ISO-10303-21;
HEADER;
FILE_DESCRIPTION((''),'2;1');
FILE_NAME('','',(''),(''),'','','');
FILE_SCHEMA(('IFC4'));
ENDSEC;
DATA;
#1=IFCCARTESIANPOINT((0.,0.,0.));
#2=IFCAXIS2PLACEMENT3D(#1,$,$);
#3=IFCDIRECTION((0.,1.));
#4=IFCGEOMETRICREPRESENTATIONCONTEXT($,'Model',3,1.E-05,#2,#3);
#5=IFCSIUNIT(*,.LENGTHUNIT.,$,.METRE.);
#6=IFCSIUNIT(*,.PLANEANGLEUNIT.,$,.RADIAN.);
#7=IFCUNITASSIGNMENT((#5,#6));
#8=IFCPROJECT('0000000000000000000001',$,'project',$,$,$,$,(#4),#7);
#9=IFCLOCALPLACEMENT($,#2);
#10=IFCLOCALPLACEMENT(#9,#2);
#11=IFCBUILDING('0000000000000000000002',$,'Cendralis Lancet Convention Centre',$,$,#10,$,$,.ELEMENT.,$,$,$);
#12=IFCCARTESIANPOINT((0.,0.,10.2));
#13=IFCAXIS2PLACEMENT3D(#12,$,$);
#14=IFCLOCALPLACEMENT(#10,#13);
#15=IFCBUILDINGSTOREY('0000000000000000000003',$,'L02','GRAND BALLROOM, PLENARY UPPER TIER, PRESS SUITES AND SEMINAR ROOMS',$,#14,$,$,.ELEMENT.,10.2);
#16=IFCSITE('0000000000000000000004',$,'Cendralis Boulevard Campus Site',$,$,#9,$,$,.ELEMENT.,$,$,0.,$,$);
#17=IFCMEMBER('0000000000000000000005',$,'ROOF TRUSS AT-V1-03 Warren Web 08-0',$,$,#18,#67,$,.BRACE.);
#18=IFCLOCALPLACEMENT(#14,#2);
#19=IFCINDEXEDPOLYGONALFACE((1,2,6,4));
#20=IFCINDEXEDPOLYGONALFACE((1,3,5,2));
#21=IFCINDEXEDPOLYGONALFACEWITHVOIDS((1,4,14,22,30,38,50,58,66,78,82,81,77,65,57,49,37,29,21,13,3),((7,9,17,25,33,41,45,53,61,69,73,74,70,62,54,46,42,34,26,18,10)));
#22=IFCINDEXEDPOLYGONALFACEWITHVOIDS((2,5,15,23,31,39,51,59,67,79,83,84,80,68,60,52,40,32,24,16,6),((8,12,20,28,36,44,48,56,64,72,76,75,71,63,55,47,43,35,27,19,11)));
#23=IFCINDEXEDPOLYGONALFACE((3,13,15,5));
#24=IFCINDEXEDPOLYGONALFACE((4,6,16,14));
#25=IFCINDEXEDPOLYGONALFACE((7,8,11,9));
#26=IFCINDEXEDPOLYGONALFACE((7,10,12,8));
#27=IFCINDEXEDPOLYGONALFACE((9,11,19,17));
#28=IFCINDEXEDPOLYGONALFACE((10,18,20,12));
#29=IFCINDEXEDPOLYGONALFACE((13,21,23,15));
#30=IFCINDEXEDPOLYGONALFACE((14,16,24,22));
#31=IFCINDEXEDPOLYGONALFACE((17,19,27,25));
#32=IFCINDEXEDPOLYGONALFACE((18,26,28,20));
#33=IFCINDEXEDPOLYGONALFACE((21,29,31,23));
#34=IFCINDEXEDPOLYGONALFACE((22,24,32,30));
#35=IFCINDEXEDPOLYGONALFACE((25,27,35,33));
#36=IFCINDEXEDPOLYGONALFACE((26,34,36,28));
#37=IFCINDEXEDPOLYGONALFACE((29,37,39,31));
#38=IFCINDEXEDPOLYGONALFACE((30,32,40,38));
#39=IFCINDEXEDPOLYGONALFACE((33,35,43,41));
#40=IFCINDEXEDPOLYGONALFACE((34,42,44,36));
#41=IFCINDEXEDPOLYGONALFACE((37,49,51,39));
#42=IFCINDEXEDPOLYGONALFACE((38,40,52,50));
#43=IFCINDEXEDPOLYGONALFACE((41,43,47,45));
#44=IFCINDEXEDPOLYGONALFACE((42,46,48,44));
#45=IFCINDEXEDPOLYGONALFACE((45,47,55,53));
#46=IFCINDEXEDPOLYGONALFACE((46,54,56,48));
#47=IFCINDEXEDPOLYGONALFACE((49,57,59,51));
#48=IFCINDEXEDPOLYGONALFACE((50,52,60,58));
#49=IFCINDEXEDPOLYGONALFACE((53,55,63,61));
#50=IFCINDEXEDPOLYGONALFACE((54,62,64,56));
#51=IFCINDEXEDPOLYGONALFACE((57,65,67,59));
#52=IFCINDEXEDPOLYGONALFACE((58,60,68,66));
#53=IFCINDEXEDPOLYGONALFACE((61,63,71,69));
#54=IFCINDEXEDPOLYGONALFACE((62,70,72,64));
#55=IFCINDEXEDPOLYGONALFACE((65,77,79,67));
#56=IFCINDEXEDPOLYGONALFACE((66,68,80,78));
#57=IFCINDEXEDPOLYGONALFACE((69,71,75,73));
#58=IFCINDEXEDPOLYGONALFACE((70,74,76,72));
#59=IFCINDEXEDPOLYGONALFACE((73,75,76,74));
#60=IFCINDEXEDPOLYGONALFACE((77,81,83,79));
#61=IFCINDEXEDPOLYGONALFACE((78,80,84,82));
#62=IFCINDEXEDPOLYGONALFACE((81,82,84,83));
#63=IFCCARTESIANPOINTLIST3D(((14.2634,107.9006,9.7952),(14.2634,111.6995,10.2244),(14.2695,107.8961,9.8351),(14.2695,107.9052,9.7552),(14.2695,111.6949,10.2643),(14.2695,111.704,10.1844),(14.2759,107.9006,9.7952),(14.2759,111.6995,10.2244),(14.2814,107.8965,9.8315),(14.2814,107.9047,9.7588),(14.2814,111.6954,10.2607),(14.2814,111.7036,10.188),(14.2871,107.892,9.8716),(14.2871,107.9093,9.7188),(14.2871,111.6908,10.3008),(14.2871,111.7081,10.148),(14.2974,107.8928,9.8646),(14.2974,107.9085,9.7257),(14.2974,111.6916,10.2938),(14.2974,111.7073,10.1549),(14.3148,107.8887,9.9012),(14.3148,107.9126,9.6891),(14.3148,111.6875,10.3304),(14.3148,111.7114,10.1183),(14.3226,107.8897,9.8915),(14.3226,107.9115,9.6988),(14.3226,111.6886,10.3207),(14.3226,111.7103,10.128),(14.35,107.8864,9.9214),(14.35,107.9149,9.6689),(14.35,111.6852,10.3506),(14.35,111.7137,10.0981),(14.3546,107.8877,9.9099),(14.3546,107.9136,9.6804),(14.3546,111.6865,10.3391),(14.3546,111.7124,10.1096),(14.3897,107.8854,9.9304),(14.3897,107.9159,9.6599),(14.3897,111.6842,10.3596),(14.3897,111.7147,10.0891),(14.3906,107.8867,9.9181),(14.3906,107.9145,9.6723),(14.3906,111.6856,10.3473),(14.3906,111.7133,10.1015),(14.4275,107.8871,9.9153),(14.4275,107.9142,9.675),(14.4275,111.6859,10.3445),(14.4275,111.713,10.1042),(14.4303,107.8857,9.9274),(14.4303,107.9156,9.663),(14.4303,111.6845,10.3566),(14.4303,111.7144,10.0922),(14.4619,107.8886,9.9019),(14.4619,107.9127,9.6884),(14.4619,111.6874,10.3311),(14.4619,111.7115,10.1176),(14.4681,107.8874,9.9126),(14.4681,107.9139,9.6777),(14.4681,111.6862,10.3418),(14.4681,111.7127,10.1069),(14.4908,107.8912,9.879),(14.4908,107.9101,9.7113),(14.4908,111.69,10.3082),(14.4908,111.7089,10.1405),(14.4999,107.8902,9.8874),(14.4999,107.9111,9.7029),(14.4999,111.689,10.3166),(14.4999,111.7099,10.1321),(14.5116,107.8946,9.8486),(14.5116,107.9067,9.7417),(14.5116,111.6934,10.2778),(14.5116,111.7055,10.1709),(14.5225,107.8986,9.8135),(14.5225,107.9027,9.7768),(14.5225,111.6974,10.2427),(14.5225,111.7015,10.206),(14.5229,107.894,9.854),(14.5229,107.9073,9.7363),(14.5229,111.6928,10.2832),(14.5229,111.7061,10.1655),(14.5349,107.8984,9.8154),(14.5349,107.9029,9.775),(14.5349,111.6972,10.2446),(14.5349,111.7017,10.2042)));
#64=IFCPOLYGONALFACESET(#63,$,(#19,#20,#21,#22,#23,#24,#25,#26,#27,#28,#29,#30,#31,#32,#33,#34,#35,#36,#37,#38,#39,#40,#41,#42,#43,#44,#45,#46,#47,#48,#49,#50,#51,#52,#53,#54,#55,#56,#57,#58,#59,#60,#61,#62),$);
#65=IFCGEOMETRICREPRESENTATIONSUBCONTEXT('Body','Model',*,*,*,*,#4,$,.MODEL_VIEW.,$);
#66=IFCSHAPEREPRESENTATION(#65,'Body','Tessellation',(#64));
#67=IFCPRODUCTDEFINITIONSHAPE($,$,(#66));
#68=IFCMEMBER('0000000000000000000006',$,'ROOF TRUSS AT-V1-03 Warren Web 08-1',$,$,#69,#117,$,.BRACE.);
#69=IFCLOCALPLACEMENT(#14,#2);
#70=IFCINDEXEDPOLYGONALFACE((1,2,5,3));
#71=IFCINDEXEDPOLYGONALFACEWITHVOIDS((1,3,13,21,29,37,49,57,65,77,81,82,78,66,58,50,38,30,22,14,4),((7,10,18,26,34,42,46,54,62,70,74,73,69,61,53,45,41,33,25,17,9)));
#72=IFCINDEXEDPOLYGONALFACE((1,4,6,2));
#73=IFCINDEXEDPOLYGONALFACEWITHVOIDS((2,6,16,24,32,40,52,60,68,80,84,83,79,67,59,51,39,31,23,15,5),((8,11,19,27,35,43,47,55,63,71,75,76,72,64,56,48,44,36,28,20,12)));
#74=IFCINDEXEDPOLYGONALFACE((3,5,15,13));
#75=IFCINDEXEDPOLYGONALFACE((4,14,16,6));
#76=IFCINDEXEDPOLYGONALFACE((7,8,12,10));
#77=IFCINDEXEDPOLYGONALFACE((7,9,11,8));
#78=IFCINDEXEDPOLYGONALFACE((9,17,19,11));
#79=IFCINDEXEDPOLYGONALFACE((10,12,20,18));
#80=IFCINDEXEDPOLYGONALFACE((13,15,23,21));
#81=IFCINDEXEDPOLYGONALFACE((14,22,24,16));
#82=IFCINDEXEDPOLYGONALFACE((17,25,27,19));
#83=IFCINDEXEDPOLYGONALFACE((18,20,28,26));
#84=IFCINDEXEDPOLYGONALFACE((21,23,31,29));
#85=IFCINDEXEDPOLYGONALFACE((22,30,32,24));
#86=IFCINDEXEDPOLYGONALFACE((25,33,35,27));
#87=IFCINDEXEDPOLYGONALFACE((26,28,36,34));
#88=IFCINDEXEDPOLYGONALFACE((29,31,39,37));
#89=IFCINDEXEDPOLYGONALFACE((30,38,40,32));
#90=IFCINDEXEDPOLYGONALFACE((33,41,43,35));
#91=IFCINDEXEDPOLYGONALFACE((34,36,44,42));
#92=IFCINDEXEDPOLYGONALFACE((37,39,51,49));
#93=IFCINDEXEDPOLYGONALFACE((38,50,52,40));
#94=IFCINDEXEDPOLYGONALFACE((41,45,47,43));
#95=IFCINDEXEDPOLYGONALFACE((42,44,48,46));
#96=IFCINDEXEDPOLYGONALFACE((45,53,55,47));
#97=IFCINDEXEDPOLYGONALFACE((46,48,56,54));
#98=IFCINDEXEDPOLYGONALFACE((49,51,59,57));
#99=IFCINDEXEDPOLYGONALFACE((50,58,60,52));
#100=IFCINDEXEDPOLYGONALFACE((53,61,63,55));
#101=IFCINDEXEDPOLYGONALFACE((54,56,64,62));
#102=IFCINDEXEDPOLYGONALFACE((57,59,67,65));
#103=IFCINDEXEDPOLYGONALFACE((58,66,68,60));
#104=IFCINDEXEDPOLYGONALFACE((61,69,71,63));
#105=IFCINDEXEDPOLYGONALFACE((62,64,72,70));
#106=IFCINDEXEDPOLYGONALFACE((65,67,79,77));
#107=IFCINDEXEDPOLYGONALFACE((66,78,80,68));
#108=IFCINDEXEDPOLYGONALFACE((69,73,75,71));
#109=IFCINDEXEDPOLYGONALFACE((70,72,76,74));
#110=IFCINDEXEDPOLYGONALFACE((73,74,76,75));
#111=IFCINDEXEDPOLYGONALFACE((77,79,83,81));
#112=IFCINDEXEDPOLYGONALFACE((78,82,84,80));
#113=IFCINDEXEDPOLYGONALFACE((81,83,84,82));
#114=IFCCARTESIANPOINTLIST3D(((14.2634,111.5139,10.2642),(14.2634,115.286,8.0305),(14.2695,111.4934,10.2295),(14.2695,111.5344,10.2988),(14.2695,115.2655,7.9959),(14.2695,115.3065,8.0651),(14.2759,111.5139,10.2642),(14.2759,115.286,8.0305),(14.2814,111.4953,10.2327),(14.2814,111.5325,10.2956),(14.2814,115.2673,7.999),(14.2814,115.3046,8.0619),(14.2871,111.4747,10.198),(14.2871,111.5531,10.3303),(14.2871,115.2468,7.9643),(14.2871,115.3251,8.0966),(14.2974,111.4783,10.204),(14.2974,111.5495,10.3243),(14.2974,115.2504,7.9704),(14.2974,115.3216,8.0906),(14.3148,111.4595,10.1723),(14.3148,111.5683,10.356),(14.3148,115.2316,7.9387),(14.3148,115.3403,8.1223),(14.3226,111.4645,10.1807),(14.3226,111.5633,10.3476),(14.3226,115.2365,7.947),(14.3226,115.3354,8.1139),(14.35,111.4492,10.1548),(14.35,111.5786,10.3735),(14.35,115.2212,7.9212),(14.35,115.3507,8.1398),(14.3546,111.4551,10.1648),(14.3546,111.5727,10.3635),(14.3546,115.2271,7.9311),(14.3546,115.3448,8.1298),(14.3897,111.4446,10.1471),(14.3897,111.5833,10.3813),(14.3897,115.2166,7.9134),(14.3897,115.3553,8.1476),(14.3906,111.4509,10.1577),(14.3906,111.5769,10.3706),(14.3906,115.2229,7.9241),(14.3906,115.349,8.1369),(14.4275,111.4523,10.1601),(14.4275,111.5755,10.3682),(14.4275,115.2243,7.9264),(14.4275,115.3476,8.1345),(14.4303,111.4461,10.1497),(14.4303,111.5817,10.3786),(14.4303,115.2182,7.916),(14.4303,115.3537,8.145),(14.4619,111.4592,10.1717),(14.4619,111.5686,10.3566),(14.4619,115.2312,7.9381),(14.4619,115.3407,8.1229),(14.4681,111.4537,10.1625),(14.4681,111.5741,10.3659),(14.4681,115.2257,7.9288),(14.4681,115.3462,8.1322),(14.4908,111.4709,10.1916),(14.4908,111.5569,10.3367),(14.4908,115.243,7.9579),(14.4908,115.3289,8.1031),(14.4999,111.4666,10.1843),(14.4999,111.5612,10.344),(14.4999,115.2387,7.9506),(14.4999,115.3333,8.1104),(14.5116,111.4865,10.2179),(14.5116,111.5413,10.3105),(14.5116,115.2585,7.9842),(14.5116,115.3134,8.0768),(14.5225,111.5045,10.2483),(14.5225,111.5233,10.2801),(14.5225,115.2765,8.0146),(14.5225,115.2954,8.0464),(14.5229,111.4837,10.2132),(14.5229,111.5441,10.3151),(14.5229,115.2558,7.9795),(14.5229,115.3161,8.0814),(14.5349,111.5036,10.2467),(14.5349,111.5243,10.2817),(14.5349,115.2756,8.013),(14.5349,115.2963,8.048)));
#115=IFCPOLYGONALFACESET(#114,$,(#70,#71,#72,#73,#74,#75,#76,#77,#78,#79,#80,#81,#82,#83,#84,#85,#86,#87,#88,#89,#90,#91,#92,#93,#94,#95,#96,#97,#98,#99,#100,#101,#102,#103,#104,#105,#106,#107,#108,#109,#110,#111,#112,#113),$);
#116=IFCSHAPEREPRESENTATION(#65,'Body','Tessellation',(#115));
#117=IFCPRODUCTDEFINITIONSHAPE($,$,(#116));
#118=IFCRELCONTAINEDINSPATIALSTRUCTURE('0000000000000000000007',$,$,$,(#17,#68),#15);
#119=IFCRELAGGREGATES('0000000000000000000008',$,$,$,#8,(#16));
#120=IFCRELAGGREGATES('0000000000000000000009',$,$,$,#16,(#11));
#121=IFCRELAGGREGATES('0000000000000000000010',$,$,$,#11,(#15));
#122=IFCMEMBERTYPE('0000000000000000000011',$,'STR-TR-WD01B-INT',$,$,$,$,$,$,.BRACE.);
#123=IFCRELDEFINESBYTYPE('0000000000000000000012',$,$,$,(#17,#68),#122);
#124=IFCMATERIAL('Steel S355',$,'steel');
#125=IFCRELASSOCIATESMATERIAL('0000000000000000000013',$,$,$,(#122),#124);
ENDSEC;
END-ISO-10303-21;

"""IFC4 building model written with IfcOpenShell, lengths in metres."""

from ifc_helpers import new_model, si_unit, direction, frame, origin, origin_2d, place, context, subcontext, project, spatial, hollow_circle, extrude, material, material_profile, profile_set, type_object, element, save


model = new_model("IFC4")

# Units and contexts
model_context = context("Model", 3, precision=1e-05, world=origin(), true_north=direction((0.0, 1.0)))
body_context = subcontext(model_context, "Body", "Model", "MODEL_VIEW")
ifc_project = project(units=[si_unit("LENGTHUNIT", "METRE"), si_unit("PLANEANGLEUNIT", "RADIAN")], contexts=[model_context])

# Site, building, storey
site_placement = place(None, origin())
site = spatial("IfcSite", under=ifc_project, at=site_placement, Name="Cendralis Boulevard Campus Site", CompositionType="ELEMENT", RefElevation=0.0)
building_placement = place(site_placement, origin())
building = spatial("IfcBuilding", under=site, at=building_placement, Name="Cendralis Lancet Convention Centre", CompositionType="ELEMENT")
storey_placement = place(building_placement, frame((0.0, 0.0, 10.2)))
storey = spatial("IfcBuildingStorey", under=building, at=storey_placement, Name="L02", Description="GRAND BALLROOM, PLENARY UPPER TIER, PRESS SUITES AND SEMINAR ROOMS", CompositionType="ELEMENT", Elevation=10.2)

# Members
ifc_material = material(Name="Steel S355", Category="steel")
ifc_material_profile_1 = material_profile(ifc_material, hollow_circle(Radius=0.1365, WallThickness=0.0125, at=origin_2d()), Name="CHS 273.0x12.5")
ifc_profile_set_1 = profile_set([ifc_material_profile_1], Name="Steel S355")
member_type_1 = type_object("IfcMemberType", Name="STR-TR-WD01B-INT", PredefinedType="BRACE", material=ifc_profile_set_1)
member_1_placement = place(storey_placement, frame((14.3999, 107.9006, 9.7952), z_axis=(0.0, 0.993678, 0.112268), x_axis=(-1.0, 0.0, 0.0)))
element("IfcMember", 1, at=member_1_placement, inside=storey, type_object=member_type_1, Name="ROOF TRUSS AT-V1-03 Warren Web 08-0", PredefinedType="BRACE", context=body_context, shape_type="SweptSolid", body=[
    extrude(hollow_circle(Radius=0.1365, WallThickness=0.0125, at=origin_2d()), origin(), (0.0, 0.0, 1.0), 3.823),
])
member_2_placement = place(storey_placement, frame((14.3999, 111.5139, 10.2642), z_axis=(0.0, 0.860452, -0.509532), x_axis=(-1.0, 0.0, 0.0)))
element("IfcMember", 2, at=member_2_placement, inside=storey, type_object=member_type_1, Name="ROOF TRUSS AT-V1-03 Warren Web 08-1", PredefinedType="BRACE", context=body_context, shape_type="SweptSolid", body=[
    extrude(hollow_circle(Radius=0.1365, WallThickness=0.0125, at=origin_2d()), origin(), (0.0, 0.0, 1.0), 4.3838),
])

save(model, "model.ifc")
